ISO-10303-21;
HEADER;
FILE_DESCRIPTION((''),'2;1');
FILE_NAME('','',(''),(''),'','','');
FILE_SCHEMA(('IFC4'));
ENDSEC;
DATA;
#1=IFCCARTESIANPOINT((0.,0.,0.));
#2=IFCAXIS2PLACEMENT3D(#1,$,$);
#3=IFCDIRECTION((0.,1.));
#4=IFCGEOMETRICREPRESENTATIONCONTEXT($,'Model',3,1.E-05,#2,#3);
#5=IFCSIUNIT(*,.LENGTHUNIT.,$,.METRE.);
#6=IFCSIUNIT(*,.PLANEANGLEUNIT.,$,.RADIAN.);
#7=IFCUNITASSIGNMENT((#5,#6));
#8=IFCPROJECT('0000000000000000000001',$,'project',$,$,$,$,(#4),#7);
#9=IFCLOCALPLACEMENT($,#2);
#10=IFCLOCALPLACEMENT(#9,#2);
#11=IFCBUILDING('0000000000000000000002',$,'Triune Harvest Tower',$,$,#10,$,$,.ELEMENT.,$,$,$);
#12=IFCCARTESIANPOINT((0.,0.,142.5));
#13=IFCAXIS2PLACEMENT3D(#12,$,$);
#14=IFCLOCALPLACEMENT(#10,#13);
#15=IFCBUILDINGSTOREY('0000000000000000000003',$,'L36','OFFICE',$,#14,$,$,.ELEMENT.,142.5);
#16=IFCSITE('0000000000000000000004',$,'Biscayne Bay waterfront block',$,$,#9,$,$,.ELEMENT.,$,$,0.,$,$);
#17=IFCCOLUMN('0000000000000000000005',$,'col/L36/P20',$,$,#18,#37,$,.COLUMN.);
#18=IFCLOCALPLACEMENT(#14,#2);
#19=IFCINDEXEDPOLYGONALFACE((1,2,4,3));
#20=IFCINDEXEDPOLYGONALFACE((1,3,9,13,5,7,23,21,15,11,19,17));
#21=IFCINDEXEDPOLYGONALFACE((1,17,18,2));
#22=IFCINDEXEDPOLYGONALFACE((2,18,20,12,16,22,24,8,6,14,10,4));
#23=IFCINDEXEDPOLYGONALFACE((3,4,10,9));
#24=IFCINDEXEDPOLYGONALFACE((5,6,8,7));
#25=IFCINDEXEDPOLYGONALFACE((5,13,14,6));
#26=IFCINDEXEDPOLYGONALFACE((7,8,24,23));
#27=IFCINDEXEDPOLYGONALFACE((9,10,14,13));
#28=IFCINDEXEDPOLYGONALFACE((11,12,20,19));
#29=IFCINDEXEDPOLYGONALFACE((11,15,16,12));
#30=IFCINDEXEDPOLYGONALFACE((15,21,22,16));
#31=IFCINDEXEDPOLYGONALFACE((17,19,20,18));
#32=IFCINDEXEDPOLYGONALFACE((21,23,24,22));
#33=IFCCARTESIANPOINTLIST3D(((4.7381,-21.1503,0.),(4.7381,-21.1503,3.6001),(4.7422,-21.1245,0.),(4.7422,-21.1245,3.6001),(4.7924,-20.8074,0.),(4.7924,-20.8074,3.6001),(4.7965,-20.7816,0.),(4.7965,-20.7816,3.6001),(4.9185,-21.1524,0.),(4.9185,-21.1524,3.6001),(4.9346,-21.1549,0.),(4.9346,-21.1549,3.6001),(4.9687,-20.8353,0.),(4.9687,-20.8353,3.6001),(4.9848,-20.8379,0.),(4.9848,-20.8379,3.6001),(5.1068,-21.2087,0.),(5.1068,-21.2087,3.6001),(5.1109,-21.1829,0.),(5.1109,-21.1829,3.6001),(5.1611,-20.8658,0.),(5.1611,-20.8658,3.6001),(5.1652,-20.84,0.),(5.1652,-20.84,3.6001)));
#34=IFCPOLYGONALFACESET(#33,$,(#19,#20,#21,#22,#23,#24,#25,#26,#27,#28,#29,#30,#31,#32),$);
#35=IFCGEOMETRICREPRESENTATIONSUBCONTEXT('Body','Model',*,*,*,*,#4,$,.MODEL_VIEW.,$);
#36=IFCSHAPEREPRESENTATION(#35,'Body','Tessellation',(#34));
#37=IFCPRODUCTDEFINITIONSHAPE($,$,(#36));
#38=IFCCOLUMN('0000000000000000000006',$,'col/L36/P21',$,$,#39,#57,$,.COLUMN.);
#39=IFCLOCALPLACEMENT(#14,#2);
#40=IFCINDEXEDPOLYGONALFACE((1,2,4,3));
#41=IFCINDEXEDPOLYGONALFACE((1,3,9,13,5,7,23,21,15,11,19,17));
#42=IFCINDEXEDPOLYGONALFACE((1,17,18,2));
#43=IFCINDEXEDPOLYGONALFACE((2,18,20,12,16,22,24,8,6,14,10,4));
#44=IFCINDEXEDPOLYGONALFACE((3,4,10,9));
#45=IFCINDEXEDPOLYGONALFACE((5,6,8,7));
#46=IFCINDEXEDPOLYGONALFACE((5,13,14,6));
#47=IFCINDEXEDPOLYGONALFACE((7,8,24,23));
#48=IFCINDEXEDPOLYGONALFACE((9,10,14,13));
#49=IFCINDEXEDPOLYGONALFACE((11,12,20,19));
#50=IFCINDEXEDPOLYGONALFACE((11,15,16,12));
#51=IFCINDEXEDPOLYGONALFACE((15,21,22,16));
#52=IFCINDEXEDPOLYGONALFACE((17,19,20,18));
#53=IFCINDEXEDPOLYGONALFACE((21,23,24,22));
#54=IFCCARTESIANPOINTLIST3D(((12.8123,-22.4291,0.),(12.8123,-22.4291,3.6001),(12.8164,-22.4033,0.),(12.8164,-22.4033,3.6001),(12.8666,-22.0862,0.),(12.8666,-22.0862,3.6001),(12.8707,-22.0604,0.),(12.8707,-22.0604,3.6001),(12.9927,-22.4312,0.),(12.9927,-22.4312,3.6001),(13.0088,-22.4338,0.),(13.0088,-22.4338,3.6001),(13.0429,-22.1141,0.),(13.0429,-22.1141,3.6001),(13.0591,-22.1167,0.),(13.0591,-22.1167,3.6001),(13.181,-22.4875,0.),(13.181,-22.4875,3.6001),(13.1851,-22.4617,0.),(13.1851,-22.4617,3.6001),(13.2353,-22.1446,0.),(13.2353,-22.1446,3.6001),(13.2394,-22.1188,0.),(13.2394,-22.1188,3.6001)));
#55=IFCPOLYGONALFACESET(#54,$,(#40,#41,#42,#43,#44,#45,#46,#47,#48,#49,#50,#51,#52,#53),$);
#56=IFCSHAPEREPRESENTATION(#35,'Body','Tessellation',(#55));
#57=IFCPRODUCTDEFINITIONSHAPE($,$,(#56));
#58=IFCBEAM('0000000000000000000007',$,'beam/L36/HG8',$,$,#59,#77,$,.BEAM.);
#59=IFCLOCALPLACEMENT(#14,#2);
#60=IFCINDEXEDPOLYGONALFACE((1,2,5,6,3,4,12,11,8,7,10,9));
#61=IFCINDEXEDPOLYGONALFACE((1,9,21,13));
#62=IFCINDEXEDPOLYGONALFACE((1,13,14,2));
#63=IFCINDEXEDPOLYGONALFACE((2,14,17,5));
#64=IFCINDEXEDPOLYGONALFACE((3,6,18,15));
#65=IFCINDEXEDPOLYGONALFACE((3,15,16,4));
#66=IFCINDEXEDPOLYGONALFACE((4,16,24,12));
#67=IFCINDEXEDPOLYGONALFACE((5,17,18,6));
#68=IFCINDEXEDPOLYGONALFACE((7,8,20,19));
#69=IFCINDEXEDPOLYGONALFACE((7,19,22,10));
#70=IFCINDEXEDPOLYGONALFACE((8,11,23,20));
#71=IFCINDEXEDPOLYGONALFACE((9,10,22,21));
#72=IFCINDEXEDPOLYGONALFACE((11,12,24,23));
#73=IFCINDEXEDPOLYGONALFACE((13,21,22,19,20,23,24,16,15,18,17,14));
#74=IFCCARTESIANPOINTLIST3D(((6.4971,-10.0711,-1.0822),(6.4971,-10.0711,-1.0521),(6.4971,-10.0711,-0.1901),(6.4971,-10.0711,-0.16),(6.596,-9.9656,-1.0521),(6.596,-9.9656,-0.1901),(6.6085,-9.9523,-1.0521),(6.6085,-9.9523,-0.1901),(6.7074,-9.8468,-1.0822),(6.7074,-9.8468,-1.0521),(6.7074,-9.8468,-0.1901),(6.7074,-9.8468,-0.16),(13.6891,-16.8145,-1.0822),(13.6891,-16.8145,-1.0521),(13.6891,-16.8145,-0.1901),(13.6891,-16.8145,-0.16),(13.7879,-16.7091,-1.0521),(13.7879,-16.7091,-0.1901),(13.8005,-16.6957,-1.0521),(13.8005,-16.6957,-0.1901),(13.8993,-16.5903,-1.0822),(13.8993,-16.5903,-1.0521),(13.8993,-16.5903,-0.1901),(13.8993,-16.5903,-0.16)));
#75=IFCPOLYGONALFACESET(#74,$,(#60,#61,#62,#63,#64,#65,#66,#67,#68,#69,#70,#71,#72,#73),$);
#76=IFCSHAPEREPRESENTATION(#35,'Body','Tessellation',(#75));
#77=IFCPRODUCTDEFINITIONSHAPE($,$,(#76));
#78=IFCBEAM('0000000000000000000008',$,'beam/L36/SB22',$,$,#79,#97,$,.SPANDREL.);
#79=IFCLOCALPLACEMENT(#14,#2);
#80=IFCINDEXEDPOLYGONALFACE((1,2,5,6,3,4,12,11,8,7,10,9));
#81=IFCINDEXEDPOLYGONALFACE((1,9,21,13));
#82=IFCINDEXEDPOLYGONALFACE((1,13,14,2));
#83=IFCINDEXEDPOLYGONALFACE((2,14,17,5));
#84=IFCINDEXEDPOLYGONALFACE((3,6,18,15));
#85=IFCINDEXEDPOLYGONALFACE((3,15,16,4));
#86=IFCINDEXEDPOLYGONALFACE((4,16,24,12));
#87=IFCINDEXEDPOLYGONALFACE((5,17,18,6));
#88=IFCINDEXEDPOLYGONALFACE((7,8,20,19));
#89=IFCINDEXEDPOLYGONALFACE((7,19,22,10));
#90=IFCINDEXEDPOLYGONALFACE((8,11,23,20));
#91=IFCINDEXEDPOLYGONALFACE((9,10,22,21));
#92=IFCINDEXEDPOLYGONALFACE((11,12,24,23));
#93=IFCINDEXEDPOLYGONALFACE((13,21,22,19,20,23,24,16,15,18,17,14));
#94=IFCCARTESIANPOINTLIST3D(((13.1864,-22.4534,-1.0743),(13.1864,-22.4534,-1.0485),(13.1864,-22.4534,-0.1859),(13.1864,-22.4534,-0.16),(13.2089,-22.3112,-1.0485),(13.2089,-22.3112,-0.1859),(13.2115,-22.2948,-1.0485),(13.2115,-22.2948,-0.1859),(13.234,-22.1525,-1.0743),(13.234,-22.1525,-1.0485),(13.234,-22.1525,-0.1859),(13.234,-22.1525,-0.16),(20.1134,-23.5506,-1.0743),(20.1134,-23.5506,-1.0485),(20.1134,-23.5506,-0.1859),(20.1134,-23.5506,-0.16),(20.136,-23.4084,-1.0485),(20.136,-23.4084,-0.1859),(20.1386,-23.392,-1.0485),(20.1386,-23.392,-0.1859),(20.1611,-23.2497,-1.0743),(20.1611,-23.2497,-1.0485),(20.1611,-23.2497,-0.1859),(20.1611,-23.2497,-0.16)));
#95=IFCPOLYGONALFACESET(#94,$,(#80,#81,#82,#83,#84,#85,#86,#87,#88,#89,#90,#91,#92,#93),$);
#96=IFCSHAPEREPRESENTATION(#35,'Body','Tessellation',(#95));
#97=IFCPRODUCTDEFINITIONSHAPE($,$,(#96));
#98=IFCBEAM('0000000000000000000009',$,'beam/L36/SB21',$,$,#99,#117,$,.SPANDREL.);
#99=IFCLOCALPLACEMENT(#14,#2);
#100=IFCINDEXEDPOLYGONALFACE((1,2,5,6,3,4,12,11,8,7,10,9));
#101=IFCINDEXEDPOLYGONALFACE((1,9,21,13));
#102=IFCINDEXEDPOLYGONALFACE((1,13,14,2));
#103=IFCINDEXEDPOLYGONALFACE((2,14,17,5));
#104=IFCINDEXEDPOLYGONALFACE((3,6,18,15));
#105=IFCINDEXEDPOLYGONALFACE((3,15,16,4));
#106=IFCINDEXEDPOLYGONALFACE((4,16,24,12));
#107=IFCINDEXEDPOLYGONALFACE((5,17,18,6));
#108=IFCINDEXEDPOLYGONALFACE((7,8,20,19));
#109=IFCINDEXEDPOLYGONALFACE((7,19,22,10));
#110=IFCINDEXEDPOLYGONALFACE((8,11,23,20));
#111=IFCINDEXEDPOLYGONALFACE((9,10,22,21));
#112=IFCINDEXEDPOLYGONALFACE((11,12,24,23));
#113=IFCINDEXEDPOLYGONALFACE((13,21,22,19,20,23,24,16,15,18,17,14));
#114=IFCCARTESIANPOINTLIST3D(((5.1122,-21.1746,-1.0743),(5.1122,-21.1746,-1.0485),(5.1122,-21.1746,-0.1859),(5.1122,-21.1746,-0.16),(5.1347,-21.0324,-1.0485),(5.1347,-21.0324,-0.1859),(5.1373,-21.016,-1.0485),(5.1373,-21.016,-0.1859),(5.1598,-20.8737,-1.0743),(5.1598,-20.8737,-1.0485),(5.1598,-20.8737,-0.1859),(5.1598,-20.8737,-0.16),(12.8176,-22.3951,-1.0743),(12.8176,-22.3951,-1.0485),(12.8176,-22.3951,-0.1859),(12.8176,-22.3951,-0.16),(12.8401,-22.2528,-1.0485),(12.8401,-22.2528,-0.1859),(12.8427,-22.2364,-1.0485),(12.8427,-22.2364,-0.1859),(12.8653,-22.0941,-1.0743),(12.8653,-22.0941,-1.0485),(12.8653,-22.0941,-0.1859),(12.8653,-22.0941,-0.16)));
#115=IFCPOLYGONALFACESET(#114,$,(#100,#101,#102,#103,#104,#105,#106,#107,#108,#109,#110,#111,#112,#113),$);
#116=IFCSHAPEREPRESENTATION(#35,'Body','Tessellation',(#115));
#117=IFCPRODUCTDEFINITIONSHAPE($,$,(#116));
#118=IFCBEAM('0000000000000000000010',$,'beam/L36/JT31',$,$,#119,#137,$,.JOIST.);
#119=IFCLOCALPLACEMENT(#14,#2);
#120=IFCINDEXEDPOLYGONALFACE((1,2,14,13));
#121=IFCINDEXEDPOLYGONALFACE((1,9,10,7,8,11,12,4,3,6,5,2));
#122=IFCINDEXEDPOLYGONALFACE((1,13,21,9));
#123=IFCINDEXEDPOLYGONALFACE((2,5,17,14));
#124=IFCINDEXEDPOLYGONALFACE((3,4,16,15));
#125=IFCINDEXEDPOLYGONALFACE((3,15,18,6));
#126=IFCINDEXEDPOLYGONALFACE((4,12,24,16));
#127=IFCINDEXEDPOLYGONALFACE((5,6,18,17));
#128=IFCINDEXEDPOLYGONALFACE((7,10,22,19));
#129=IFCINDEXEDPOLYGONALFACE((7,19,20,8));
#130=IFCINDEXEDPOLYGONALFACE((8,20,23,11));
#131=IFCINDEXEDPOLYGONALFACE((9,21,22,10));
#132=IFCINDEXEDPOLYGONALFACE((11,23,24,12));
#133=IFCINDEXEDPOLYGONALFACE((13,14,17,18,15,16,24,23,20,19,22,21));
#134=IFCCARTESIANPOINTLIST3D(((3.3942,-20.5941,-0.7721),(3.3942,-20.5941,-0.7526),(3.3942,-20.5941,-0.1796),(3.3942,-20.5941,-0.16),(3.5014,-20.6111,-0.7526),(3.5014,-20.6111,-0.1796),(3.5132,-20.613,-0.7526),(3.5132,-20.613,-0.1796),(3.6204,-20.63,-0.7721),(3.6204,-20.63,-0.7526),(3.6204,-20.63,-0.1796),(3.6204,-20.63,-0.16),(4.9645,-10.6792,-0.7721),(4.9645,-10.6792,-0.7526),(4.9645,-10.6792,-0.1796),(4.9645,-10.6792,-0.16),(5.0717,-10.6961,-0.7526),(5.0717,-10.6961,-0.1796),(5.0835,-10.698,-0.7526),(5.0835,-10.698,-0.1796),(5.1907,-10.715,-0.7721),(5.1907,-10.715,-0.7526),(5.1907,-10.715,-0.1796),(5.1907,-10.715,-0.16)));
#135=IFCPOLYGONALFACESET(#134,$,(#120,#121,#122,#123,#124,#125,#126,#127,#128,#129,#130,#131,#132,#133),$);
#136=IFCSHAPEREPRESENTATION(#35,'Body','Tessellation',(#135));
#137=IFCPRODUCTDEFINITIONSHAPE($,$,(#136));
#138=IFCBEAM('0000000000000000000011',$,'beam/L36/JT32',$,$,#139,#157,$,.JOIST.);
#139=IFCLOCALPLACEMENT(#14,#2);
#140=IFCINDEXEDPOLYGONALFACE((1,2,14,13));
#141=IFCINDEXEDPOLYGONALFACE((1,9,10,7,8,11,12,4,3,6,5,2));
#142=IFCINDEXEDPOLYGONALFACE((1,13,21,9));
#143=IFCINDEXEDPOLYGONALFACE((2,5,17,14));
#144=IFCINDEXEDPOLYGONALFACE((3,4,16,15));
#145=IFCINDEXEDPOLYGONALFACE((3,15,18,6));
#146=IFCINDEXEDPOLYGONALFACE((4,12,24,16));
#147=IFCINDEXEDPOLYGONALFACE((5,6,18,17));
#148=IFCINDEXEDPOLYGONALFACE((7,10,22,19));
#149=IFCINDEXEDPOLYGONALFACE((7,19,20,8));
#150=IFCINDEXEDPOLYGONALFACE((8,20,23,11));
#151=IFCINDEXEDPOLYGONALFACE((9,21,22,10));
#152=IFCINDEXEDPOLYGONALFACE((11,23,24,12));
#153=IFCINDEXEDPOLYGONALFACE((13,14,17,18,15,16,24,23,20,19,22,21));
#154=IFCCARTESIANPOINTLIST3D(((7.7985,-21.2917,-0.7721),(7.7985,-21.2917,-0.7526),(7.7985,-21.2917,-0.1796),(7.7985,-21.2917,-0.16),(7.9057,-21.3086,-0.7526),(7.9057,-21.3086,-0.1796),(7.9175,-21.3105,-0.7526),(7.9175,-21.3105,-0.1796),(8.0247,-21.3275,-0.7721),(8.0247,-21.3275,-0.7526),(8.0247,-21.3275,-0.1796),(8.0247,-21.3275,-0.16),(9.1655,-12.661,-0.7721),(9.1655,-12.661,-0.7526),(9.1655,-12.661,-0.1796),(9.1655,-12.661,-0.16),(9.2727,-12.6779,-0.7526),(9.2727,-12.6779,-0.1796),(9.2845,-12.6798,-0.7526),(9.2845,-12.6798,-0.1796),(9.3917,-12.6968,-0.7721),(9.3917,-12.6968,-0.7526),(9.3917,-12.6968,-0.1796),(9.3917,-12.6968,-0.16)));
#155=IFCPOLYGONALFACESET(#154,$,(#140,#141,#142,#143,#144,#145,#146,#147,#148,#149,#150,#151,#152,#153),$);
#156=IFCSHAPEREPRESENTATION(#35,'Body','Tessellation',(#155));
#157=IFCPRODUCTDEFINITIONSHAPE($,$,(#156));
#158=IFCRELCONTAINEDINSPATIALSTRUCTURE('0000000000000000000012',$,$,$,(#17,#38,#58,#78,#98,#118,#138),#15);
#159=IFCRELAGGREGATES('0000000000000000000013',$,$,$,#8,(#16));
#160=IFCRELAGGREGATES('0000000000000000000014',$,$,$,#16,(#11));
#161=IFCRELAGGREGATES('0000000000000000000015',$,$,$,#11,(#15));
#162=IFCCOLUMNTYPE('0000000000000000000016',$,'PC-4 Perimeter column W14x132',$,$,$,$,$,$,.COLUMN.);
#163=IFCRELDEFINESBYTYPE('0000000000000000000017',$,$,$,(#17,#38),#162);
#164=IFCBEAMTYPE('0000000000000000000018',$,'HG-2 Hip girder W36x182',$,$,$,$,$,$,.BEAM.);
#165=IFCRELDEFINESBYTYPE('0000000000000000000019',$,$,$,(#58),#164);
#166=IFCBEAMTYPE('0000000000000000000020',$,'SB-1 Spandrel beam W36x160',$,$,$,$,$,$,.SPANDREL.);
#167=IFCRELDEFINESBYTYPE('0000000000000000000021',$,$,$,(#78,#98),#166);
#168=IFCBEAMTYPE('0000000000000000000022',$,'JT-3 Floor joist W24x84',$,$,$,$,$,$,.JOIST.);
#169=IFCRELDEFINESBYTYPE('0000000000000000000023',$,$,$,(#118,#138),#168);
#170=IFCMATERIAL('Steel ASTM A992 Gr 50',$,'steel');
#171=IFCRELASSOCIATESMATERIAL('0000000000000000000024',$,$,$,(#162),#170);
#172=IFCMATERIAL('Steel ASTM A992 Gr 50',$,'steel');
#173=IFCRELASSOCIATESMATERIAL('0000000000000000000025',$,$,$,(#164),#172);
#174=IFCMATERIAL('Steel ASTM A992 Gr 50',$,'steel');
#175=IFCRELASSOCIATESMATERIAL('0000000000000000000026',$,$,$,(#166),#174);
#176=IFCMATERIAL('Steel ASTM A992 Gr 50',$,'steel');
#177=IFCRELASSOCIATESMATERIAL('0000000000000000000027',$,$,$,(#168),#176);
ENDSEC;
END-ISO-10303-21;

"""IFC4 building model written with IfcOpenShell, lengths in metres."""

from ifc_helpers import new_model, si_unit, direction, frame, origin, origin_2d, place, context, subcontext, project, spatial, i_section, extrude, source, transform, mapped, material, material_profile, profile_set, type_object, element, save


model = new_model("IFC4")

# Units and contexts
model_context = context("Model", 3, precision=1e-05, world=origin(), true_north=direction((0.0, 1.0)))
body_context = subcontext(model_context, "Body", "Model", "MODEL_VIEW")
ifc_project = project(units=[si_unit("LENGTHUNIT", "METRE"), si_unit("PLANEANGLEUNIT", "RADIAN")], contexts=[model_context])

# Site, building, storey
site_placement = place(None, origin())
site = spatial("IfcSite", under=ifc_project, at=site_placement, Name="Biscayne Bay waterfront block", CompositionType="ELEMENT", RefElevation=0.0)
building_placement = place(site_placement, origin())
building = spatial("IfcBuilding", under=site, at=building_placement, Name="Triune Harvest Tower", CompositionType="ELEMENT")
storey_placement = place(building_placement, frame((0.0, 0.0, 142.5)))
storey = spatial("IfcBuildingStorey", under=building, at=storey_placement, Name="L36", Description="OFFICE", CompositionType="ELEMENT", Elevation=142.5)

# Columns
ifc_material_1 = material(Name="Steel ASTM A992 Gr 50", Category="steel")
ifc_material_profile_1 = material_profile(ifc_material_1, i_section(OverallWidth=0.3733, OverallDepth=0.3733, WebThickness=0.0164, FlangeThickness=0.0261, at=origin_2d()), Name="W14x132")
ifc_profile_set_1 = profile_set([ifc_material_profile_1], Name="Steel ASTM A992 Gr 50")
column_type = type_object("IfcColumnType", Name="PC-4 Perimeter column W14x132", PredefinedType="COLUMN", material=ifc_profile_set_1)
shared_shape_1 = source(origin(), body_context, "Body", "SweptSolid", [
    extrude(i_section(OverallWidth=0.3733, OverallDepth=0.3733, WebThickness=0.0164, FlangeThickness=0.0261, at=origin_2d()), origin(), (0.0, 0.0, 1.0), 3.6001),
])
for number, where, z_axis, x_axis, name in (
    (1, (4.9517, -20.9951, 0.0), (0.0, 0.0, 1.0), (0.987688, -0.156434, 0.0), "col/L36/P20"),
    (2, (13.0259, -22.2739, 0.0), (0.0, 0.0, 1.0), (0.987688, -0.156434, 0.0), "col/L36/P21"),
):
    element("IfcColumn", number, at=place(storey_placement, frame(where, z_axis=z_axis, x_axis=x_axis)), inside=storey, type_object=column_type, Name=name, PredefinedType="COLUMN", context=body_context, shape_type="MappedRepresentation", body=[
        mapped(shared_shape_1, transform((0.0, 0.0, 0.0), scale=1.0)),
    ])

# Beams
ifc_material_2 = material(Name="Steel ASTM A992 Gr 50", Category="steel")
ifc_material_profile_2 = material_profile(ifc_material_2, i_section(OverallWidth=0.3074, OverallDepth=0.9221, WebThickness=0.0183, FlangeThickness=0.03, at=origin_2d()), Name="W36x182")
ifc_profile_set_2 = profile_set([ifc_material_profile_2], Name="Steel ASTM A992 Gr 50")
beam_type_1 = type_object("IfcBeamType", Name="HG-2 Hip girder W36x182", PredefinedType="BEAM", material=ifc_profile_set_2)
shared_shape_2 = source(origin(), body_context, "Body", "SweptSolid", [
    extrude(i_section(OverallWidth=0.3074, OverallDepth=0.9221, WebThickness=0.0183, FlangeThickness=0.03, at=origin_2d()), origin(), (0.0, 0.0, 1.0), 9.8589),
])
beam_1_placement = place(storey_placement, frame((13.7942, -16.7024, -0.6211), z_axis=(-0.729486, 0.683995, 0.0), x_axis=(-0.683995, -0.729486, 0.0)))
element("IfcBeam", 3, at=beam_1_placement, inside=storey, type_object=beam_type_1, Name="beam/L36/HG8", PredefinedType="BEAM", context=body_context, shape_type="MappedRepresentation", body=[
    mapped(shared_shape_2, transform((0.0, 0.0, 0.0), scale=1.0)),
])
ifc_material_3 = material(Name="Steel ASTM A992 Gr 50", Category="steel")
ifc_material_profile_3 = material_profile(ifc_material_3, i_section(OverallWidth=0.3047, OverallDepth=0.9143, WebThickness=0.0166, FlangeThickness=0.0259, at=origin_2d()), Name="W36x160")
ifc_profile_set_3 = profile_set([ifc_material_profile_3], Name="Steel ASTM A992 Gr 50")
beam_type_2 = type_object("IfcBeamType", Name="SB-1 Spandrel beam W36x160", PredefinedType="SPANDREL", material=ifc_profile_set_3)
shared_shape_3 = source(origin(), body_context, "Body", "SweptSolid", [
    extrude(i_section(OverallWidth=0.3047, OverallDepth=0.9143, WebThickness=0.0166, FlangeThickness=0.0259, at=origin_2d()), origin(), (0.0, 0.0, 1.0), 7.0134),
])
beam_2_placement = place(storey_placement, frame((13.2102, -22.303, -0.6172), z_axis=(0.987687, -0.15644, 0.0), x_axis=(0.15644, 0.987687, 0.0)))
element("IfcBeam", 4, at=beam_2_placement, inside=storey, type_object=beam_type_2, Name="beam/L36/SB22", PredefinedType="SPANDREL", context=body_context, shape_type="MappedRepresentation", body=[
    mapped(shared_shape_3, transform((0.0, 0.0, 0.0), scale=1.0)),
])
shared_shape_4 = source(origin(), body_context, "Body", "SweptSolid", [
    extrude(i_section(OverallWidth=0.3047, OverallDepth=0.9143, WebThickness=0.0166, FlangeThickness=0.0259, at=origin_2d()), origin(), (0.0, 0.0, 1.0), 7.8015),
])
beam_3_placement = place(storey_placement, frame((5.136, -21.0242, -0.6172), z_axis=(0.987688, -0.156437, 0.0), x_axis=(0.156437, 0.987688, 0.0)))
element("IfcBeam", 5, at=beam_3_placement, inside=storey, type_object=beam_type_2, Name="beam/L36/SB21", PredefinedType="SPANDREL", context=body_context, shape_type="MappedRepresentation", body=[
    mapped(shared_shape_4, transform((0.0, 0.0, 0.0), scale=1.0)),
])
ifc_material_4 = material(Name="Steel ASTM A992 Gr 50", Category="steel")
ifc_material_profile_4 = material_profile(ifc_material_4, i_section(OverallWidth=0.229, OverallDepth=0.6121, WebThickness=0.012, FlangeThickness=0.0195, at=origin_2d()), Name="W24x84")
ifc_profile_set_4 = profile_set([ifc_material_profile_4], Name="Steel ASTM A992 Gr 50")
beam_type_3 = type_object("IfcBeamType", Name="JT-3 Floor joist W24x84", PredefinedType="JOIST", material=ifc_profile_set_4)
shared_shape_5 = source(origin(), body_context, "Body", "SweptSolid", [
    extrude(i_section(OverallWidth=0.229, OverallDepth=0.6121, WebThickness=0.012, FlangeThickness=0.0195, at=origin_2d()), origin(), (0.0, 0.0, 1.0), 10.0386),
])
beam_4_placement = place(storey_placement, frame((3.5073, -20.6121, -0.4661), z_axis=(0.156427, 0.98769, 0.0), x_axis=(-0.98769, 0.156427, 0.0)))
element("IfcBeam", 6, at=beam_4_placement, inside=storey, type_object=beam_type_3, Name="beam/L36/JT31", PredefinedType="JOIST", context=body_context, shape_type="MappedRepresentation", body=[
    mapped(shared_shape_5, transform((0.0, 0.0, 0.0), scale=1.0)),
])
shared_shape_6 = source(origin(), body_context, "Body", "SweptSolid", [
    extrude(i_section(OverallWidth=0.229, OverallDepth=0.6121, WebThickness=0.012, FlangeThickness=0.0195, at=origin_2d()), origin(), (0.0, 0.0, 1.0), 8.7383),
])
beam_5_placement = place(storey_placement, frame((7.9116, -21.3096, -0.4661), z_axis=(0.156433, 0.987689, 0.0), x_axis=(-0.987689, 0.156433, 0.0)))
element("IfcBeam", 7, at=beam_5_placement, inside=storey, type_object=beam_type_3, Name="beam/L36/JT32", PredefinedType="JOIST", context=body_context, shape_type="MappedRepresentation", body=[
    mapped(shared_shape_6, transform((0.0, 0.0, 0.0), scale=1.0)),
])

save(model, "model.ifc")
